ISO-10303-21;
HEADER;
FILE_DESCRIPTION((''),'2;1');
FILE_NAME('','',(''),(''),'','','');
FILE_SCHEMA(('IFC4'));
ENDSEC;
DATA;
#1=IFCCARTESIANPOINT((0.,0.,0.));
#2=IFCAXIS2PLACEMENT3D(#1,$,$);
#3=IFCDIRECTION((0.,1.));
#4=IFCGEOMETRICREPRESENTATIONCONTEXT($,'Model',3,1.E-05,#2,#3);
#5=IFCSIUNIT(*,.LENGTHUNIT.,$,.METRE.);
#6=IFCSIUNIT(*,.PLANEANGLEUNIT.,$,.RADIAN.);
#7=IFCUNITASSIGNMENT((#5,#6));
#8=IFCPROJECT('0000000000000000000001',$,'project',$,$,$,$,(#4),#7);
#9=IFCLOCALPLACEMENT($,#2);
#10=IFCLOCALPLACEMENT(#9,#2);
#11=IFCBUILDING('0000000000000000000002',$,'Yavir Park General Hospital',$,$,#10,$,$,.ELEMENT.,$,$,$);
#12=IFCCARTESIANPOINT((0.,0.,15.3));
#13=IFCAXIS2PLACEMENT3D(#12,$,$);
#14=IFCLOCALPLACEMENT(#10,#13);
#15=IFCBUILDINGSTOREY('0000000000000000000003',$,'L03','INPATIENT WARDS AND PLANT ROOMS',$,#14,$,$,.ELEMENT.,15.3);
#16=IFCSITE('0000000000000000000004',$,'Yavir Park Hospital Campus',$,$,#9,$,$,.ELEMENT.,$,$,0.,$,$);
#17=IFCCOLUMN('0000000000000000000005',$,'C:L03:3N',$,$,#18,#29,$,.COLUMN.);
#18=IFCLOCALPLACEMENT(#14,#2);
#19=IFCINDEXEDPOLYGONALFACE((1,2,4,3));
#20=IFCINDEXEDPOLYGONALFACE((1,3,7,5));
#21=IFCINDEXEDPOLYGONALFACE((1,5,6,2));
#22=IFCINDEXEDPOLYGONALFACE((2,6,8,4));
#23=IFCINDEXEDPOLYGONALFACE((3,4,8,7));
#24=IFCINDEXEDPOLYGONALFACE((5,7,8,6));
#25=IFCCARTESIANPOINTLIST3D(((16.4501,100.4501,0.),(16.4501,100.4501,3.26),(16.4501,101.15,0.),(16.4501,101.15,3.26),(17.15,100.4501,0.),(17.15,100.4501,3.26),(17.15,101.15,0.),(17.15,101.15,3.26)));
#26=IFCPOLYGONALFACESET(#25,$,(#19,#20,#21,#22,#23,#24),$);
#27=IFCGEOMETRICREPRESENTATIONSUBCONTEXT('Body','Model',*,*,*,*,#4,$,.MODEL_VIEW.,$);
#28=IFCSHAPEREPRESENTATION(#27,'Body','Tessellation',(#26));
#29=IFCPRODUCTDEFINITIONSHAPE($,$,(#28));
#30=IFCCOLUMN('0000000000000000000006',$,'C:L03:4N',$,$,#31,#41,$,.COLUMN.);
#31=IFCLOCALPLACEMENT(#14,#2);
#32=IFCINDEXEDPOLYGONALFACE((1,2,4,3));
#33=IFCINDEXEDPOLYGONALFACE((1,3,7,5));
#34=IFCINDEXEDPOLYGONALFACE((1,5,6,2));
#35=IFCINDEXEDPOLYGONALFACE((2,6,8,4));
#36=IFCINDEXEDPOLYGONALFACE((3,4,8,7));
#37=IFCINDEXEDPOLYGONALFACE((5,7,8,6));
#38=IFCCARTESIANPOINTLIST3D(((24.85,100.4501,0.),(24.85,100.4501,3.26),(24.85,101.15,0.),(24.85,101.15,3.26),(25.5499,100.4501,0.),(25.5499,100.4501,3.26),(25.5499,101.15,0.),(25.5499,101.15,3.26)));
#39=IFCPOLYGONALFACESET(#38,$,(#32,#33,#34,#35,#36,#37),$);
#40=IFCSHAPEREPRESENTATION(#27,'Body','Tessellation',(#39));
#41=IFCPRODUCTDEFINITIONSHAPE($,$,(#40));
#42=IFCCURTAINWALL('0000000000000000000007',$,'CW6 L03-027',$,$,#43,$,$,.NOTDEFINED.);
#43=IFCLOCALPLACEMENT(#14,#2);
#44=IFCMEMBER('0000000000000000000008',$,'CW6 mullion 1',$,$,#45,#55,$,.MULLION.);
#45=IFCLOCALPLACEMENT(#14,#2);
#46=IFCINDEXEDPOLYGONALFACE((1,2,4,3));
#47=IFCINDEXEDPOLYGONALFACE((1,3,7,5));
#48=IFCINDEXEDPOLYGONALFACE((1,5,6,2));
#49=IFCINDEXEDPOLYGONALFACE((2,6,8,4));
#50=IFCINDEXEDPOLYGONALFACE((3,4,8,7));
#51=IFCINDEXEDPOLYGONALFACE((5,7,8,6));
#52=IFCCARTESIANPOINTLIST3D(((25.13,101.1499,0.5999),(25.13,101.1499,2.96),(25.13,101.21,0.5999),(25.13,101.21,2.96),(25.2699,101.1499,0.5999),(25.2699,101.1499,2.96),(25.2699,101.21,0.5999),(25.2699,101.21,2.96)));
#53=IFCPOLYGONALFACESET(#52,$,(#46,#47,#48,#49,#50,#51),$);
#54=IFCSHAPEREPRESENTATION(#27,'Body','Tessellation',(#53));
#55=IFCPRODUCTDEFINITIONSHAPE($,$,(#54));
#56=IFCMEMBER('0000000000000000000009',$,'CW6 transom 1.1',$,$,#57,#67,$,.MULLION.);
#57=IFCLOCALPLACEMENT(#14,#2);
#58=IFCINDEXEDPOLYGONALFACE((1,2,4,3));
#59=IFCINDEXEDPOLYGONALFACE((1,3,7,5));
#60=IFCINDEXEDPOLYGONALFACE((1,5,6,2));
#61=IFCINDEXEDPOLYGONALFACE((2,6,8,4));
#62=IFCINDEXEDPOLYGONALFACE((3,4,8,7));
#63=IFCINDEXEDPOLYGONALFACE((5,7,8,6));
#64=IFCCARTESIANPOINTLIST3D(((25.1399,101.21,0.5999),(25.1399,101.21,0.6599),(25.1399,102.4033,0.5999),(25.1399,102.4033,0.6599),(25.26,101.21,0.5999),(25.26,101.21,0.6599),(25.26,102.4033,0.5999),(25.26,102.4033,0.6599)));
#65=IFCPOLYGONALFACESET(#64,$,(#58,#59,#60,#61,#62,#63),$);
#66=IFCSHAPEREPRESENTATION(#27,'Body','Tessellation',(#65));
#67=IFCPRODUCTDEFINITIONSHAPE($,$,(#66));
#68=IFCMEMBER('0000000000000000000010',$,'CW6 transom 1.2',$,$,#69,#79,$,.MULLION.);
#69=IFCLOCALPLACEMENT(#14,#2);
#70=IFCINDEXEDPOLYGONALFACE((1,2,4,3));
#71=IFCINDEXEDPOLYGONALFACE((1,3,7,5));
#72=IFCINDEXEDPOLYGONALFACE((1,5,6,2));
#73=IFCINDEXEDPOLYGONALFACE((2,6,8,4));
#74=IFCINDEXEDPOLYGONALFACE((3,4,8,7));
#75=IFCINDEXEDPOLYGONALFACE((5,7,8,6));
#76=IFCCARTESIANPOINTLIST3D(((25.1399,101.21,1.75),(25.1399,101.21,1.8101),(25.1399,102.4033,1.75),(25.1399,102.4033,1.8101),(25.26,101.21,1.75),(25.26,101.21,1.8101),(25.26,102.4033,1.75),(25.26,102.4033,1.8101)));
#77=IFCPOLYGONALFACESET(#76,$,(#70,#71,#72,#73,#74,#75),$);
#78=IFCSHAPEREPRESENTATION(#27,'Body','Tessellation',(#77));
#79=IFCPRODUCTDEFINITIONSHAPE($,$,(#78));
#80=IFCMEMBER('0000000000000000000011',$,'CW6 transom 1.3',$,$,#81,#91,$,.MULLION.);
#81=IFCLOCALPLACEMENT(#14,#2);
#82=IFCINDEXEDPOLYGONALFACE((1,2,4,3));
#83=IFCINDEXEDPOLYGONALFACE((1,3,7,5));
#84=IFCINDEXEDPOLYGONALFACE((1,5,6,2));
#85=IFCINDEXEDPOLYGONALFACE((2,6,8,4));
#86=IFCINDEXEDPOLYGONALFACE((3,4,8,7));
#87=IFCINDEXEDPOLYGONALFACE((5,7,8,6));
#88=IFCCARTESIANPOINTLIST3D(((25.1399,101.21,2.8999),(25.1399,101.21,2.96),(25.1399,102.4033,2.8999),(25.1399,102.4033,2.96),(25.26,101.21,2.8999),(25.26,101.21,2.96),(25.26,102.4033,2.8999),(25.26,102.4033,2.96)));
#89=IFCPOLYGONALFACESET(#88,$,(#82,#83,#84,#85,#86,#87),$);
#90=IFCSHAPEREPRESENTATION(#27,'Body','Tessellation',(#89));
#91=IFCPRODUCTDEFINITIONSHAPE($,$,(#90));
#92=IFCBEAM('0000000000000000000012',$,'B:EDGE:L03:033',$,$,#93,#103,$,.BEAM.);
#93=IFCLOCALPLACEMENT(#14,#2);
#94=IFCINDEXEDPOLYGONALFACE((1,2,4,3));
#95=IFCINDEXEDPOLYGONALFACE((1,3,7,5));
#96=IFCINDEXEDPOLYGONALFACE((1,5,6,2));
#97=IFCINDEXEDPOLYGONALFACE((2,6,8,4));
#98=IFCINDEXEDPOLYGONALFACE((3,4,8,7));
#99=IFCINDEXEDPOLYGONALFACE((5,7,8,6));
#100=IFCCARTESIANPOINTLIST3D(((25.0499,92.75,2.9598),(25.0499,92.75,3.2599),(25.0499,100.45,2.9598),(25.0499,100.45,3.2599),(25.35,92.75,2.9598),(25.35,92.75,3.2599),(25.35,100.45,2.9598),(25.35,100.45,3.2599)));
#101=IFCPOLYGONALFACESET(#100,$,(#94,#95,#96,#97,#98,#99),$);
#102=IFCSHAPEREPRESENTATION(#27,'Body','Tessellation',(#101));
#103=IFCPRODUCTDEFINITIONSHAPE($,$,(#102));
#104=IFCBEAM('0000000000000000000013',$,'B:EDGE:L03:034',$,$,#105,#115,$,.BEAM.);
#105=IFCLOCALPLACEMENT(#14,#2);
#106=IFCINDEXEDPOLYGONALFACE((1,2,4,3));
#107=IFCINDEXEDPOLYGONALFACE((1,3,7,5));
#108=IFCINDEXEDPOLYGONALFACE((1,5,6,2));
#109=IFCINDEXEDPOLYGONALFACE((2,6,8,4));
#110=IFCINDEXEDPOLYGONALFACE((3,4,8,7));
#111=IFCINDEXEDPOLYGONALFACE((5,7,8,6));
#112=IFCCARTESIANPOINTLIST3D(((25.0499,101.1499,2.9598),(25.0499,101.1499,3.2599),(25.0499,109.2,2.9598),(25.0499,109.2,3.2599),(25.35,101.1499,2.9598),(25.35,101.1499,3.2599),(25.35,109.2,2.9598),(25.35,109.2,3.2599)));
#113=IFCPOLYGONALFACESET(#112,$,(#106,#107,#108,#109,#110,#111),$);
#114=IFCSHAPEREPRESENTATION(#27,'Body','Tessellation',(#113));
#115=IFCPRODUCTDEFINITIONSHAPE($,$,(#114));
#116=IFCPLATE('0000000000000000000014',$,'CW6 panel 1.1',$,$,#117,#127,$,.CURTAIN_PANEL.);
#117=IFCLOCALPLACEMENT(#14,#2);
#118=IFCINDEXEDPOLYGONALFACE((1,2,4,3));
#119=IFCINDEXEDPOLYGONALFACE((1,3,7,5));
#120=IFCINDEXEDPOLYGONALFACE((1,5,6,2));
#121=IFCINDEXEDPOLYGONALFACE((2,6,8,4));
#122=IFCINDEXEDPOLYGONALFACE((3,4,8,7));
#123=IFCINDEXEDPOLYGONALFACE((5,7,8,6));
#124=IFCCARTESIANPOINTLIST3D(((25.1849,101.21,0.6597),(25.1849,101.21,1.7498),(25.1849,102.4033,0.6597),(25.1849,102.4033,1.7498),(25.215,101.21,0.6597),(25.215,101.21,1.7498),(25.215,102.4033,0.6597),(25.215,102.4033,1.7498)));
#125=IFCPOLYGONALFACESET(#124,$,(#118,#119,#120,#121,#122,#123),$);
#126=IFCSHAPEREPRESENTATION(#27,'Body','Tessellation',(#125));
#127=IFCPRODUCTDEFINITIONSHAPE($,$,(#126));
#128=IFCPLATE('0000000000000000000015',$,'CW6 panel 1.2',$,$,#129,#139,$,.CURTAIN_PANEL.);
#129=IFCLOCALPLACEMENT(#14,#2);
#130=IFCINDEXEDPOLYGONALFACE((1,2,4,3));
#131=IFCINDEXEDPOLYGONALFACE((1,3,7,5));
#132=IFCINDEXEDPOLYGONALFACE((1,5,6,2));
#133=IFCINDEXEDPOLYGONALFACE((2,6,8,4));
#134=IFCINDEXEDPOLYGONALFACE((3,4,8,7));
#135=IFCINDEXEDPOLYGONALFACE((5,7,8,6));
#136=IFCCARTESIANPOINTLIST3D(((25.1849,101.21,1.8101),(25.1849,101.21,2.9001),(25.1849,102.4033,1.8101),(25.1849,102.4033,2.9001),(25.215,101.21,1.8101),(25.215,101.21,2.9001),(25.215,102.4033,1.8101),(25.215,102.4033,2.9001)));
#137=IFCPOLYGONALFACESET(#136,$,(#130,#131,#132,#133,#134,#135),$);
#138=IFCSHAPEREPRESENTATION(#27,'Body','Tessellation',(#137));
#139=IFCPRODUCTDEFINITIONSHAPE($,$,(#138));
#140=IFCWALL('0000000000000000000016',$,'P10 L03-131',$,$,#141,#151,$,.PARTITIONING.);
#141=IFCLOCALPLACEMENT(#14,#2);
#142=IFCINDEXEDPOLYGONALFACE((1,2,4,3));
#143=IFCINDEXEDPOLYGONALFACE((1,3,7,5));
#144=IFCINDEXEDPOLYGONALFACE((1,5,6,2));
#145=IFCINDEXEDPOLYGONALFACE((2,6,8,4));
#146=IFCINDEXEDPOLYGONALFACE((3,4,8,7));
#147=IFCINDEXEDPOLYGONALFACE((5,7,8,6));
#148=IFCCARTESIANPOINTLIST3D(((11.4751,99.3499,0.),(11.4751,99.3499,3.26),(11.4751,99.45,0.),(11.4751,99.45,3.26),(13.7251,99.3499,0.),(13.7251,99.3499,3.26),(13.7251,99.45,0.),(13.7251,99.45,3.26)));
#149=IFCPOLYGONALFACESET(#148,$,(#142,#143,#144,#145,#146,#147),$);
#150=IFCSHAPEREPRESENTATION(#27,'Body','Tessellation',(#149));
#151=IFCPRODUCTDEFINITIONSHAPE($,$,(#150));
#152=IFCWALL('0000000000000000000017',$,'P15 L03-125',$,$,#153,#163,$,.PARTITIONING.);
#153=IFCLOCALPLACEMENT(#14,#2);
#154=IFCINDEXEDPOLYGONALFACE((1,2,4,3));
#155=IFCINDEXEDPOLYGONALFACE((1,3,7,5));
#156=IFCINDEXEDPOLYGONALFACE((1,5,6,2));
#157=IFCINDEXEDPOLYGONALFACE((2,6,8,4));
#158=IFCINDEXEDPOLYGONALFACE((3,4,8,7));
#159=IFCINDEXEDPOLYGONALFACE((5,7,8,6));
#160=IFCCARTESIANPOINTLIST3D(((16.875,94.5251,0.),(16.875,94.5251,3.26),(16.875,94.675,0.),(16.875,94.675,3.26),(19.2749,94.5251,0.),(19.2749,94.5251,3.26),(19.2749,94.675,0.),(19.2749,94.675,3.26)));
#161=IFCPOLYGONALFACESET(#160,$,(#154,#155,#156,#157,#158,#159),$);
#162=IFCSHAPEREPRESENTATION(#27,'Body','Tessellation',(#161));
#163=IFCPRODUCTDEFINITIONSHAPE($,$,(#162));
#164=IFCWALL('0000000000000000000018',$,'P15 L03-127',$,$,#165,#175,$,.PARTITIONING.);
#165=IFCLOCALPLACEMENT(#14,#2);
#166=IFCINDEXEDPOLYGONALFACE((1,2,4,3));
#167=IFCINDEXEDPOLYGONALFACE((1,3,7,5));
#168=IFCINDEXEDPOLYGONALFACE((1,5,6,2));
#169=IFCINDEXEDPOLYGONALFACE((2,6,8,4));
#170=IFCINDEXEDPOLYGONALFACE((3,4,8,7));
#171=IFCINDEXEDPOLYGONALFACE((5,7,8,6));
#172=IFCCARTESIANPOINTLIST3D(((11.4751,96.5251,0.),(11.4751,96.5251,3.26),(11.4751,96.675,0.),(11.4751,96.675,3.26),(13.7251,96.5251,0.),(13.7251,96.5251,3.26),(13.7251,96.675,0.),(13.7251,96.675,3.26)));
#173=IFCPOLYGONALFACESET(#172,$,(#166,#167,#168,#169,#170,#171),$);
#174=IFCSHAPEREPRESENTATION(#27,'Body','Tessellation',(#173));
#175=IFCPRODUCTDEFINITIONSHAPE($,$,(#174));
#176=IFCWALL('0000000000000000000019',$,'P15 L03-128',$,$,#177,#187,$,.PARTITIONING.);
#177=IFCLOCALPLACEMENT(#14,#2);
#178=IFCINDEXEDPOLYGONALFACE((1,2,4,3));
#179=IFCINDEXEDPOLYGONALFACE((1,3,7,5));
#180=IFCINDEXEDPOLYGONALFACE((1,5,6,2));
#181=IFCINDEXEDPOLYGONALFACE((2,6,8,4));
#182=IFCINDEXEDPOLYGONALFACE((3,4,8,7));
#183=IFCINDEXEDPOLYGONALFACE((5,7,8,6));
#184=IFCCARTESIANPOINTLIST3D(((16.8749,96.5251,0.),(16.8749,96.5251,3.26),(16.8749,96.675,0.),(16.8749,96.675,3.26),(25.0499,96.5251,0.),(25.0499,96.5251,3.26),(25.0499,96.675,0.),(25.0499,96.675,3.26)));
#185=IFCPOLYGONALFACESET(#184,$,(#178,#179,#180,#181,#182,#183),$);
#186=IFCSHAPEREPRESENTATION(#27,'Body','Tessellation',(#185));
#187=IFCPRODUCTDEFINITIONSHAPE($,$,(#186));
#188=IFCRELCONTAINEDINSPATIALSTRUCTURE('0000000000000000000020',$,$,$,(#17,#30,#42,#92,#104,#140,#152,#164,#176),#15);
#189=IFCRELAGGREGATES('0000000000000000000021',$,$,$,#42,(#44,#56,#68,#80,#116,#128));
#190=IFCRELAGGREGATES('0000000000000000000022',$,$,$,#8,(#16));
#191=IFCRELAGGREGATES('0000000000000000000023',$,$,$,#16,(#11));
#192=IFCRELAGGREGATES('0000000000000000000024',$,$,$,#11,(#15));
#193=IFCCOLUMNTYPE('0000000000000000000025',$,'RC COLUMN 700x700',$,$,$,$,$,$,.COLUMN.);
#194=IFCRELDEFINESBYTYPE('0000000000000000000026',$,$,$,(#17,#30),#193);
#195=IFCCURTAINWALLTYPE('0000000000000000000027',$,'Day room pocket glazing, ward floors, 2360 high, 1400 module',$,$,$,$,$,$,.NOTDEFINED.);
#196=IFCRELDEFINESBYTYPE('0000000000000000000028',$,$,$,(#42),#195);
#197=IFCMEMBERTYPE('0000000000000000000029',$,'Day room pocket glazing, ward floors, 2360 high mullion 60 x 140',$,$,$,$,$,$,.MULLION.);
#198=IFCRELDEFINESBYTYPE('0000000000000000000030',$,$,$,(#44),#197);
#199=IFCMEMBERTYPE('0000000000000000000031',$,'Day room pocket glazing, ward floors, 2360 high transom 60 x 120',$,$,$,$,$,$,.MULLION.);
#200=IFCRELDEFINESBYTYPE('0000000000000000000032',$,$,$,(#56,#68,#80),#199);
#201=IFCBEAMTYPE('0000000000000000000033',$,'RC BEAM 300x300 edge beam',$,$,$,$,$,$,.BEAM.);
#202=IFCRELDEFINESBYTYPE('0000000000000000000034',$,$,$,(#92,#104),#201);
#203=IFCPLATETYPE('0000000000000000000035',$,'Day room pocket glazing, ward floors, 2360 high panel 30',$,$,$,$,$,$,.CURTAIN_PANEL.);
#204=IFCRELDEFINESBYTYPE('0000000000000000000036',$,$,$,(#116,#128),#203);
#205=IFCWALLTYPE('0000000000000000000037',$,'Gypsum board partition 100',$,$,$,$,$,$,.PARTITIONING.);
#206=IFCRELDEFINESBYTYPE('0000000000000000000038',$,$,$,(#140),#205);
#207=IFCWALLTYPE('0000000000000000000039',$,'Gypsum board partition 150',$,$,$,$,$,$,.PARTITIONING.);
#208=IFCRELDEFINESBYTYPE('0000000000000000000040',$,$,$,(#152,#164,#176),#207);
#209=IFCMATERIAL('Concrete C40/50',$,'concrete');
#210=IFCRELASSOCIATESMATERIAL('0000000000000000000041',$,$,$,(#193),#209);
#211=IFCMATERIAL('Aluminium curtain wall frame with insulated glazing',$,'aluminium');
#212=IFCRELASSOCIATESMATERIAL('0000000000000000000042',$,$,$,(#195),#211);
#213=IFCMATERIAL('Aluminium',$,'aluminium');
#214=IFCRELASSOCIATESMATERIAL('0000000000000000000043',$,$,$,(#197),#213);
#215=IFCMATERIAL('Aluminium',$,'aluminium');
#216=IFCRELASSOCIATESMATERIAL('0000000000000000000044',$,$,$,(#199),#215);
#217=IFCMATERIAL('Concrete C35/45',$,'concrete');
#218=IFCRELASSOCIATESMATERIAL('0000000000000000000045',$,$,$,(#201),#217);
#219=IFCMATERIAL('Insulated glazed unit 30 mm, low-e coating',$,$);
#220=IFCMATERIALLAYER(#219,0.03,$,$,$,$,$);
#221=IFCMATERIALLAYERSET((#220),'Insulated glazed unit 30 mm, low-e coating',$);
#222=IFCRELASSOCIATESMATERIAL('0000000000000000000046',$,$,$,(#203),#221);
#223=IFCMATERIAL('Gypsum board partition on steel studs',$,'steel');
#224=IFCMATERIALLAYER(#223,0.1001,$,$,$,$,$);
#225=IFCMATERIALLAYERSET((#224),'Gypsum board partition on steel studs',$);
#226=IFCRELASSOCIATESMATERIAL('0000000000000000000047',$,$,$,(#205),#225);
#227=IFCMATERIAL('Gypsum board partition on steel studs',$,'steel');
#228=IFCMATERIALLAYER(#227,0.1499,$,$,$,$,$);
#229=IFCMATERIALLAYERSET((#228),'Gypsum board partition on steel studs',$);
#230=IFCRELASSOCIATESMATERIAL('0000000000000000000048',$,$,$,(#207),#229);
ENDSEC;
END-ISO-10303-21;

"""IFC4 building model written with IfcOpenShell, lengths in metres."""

from ifc_helpers import new_model, si_unit, direction, frame, frame_2d, origin, origin_2d, place, context, subcontext, project, spatial, rectangle, extrude, material, layer, layer_set, material_profile, profile_set, type_object, element, aggregate, save


model = new_model("IFC4")

# Units and contexts
model_context = context("Model", 3, precision=1e-05, world=origin(), true_north=direction((0.0, 1.0)))
body_context = subcontext(model_context, "Body", "Model", "MODEL_VIEW")
ifc_project = project(units=[si_unit("LENGTHUNIT", "METRE"), si_unit("PLANEANGLEUNIT", "RADIAN")], contexts=[model_context])

# Site, building, storey
site_placement = place(None, origin())
site = spatial("IfcSite", under=ifc_project, at=site_placement, Name="Yavir Park Hospital Campus", CompositionType="ELEMENT", RefElevation=0.0)
building_placement = place(site_placement, origin())
building = spatial("IfcBuilding", under=site, at=building_placement, Name="Yavir Park General Hospital", CompositionType="ELEMENT")
storey_placement = place(building_placement, frame((0.0, 0.0, 15.3)))
storey = spatial("IfcBuildingStorey", under=building, at=storey_placement, Name="L03", Description="INPATIENT WARDS AND PLANT ROOMS", CompositionType="ELEMENT", Elevation=15.3)

# Columns
ifc_material_1 = material(Name="Concrete C40/50", Category="concrete")
ifc_material_profile_1 = material_profile(ifc_material_1, rectangle(XDim=0.7, YDim=0.7, at=origin_2d()), Name="RC700x700")
ifc_profile_set_1 = profile_set([ifc_material_profile_1], Name="Concrete C40/50")
column_type = type_object("IfcColumnType", Name="RC COLUMN 700x700", PredefinedType="COLUMN", material=ifc_profile_set_1)
for number, where, z_axis, x_axis, name in (
    (1, (16.8, 100.8, 0.0), (0.0, 0.0, 1.0), (1.0, 0.0, 0.0), "C:L03:3N"),
    (2, (25.2, 100.8, 0.0), (0.0, 0.0, 1.0), (1.0, 0.0, 0.0), "C:L03:4N"),
):
    element("IfcColumn", number, at=place(storey_placement, frame(where, z_axis=z_axis, x_axis=x_axis)), inside=storey, type_object=column_type, Name=name, PredefinedType="COLUMN", context=body_context, shape_type="SweptSolid", body=[
        extrude(rectangle(XDim=0.7, YDim=0.7, at=origin_2d()), origin(), (0.0, 0.0, 1.0), 3.26),
    ])

# Curtain wall, members
ifc_material_2 = material(Name="Aluminium curtain wall frame with insulated glazing", Category="aluminium")
curtain_wall_type = type_object("IfcCurtainWallType", Name="Day room pocket glazing, ward floors, 2360 high, 1400 module", PredefinedType="NOTDEFINED", material=ifc_material_2)
curtain_wall_placement = place(storey_placement, origin())
curtain_wall = element("IfcCurtainWall", 3, at=curtain_wall_placement, inside=storey, type_object=curtain_wall_type, Name="CW6 L03-027", PredefinedType="NOTDEFINED")
ifc_material_3 = material(Name="Aluminium", Category="aluminium")
ifc_material_profile_2 = material_profile(ifc_material_3, rectangle(XDim=0.1399, YDim=0.0601, at=origin_2d()), Name="AL 60x140")
ifc_profile_set_2 = profile_set([ifc_material_profile_2], Name="Aluminium")
member_type_1 = type_object("IfcMemberType", Name="Day room pocket glazing, ward floors, 2360 high mullion 60 x 140", PredefinedType="MULLION", material=ifc_profile_set_2)
member_1_placement = place(storey_placement, frame((25.2, 101.1799, 0.5999), z_axis=(0.0, 0.0, 1.0), x_axis=(-1.0, 0.0, 0.0)))
member_1 = element("IfcMember", 4, at=member_1_placement, type_object=member_type_1, Name="CW6 mullion 1", PredefinedType="MULLION", context=body_context, shape_type="SweptSolid", body=[
    extrude(rectangle(XDim=0.1399, YDim=0.0601, at=origin_2d()), origin(), (0.0, 0.0, 1.0), 2.3601),
])
ifc_material_4 = material(Name="Aluminium", Category="aluminium")
ifc_material_profile_3 = material_profile(ifc_material_4, rectangle(XDim=0.1201, YDim=0.0601, at=origin_2d()), Name="AL 120x60")
ifc_profile_set_3 = profile_set([ifc_material_profile_3], Name="Aluminium")
member_type_2 = type_object("IfcMemberType", Name="Day room pocket glazing, ward floors, 2360 high transom 60 x 120", PredefinedType="MULLION", material=ifc_profile_set_3)
member_2_placement = place(storey_placement, frame((25.2, 101.21, 0.6299), z_axis=(0.0, 1.0, 0.0), x_axis=(-1.0, 0.0, 0.0)))
member_2 = element("IfcMember", 5, at=member_2_placement, type_object=member_type_2, Name="CW6 transom 1.1", PredefinedType="MULLION", context=body_context, shape_type="SweptSolid", body=[
    extrude(rectangle(XDim=0.1201, YDim=0.0601, at=origin_2d()), origin(), (0.0, 0.0, 1.0), 1.1934),
])
member_3_placement = place(storey_placement, frame((25.2, 101.21, 1.78), z_axis=(0.0, 1.0, 0.0), x_axis=(-1.0, 0.0, 0.0)))
member_3 = element("IfcMember", 6, at=member_3_placement, type_object=member_type_2, Name="CW6 transom 1.2", PredefinedType="MULLION", context=body_context, shape_type="SweptSolid", body=[
    extrude(rectangle(XDim=0.1201, YDim=0.0601, at=origin_2d()), origin(), (0.0, 0.0, 1.0), 1.1934),
])
member_4_placement = place(storey_placement, frame((25.2, 101.21, 2.9299), z_axis=(0.0, 1.0, 0.0), x_axis=(-1.0, 0.0, 0.0)))
member_4 = element("IfcMember", 7, at=member_4_placement, type_object=member_type_2, Name="CW6 transom 1.3", PredefinedType="MULLION", context=body_context, shape_type="SweptSolid", body=[
    extrude(rectangle(XDim=0.1201, YDim=0.0601, at=origin_2d()), origin(), (0.0, 0.0, 1.0), 1.1934),
])

# Beams
ifc_material_5 = material(Name="Concrete C35/45", Category="concrete")
ifc_material_profile_4 = material_profile(ifc_material_5, rectangle(XDim=0.3, YDim=0.3, at=origin_2d()), Name="RC300x300")
ifc_profile_set_4 = profile_set([ifc_material_profile_4], Name="Concrete C35/45")
beam_type = type_object("IfcBeamType", Name="RC BEAM 300x300 edge beam", PredefinedType="BEAM", material=ifc_profile_set_4)
beam_1_placement = place(storey_placement, frame((25.2, 92.75, 3.1099), z_axis=(0.0, 1.0, 0.0), x_axis=(-1.0, 0.0, 0.0)))
element("IfcBeam", 8, at=beam_1_placement, inside=storey, type_object=beam_type, Name="B:EDGE:L03:033", PredefinedType="BEAM", context=body_context, shape_type="SweptSolid", body=[
    extrude(rectangle(XDim=0.3, YDim=0.3, at=origin_2d()), origin(), (0.0, 0.0, 1.0), 7.7),
])
beam_2_placement = place(storey_placement, frame((25.2, 101.1499, 3.1099), z_axis=(0.0, 1.0, 0.0), x_axis=(-1.0, 0.0, 0.0)))
element("IfcBeam", 9, at=beam_2_placement, inside=storey, type_object=beam_type, Name="B:EDGE:L03:034", PredefinedType="BEAM", context=body_context, shape_type="SweptSolid", body=[
    extrude(rectangle(XDim=0.3, YDim=0.3, at=origin_2d()), origin(), (0.0, 0.0, 1.0), 8.05),
])

# Plates
ifc_material_6 = material(Name="Insulated glazed unit 30 mm, low-e coating")
ifc_layer_1 = layer(ifc_material_6, 0.03)
ifc_layer_set_1 = layer_set([ifc_layer_1], Name="Insulated glazed unit 30 mm, low-e coating")
plate_type = type_object("IfcPlateType", Name="Day room pocket glazing, ward floors, 2360 high panel 30", PredefinedType="CURTAIN_PANEL", material=ifc_layer_set_1)
plate_1_placement = place(storey_placement, frame((25.2, 101.8066, 0.6597), z_axis=(0.0, 0.0, 1.0), x_axis=(0.0, 1.0, 0.0)))
plate_1 = element("IfcPlate", 10, at=plate_1_placement, type_object=plate_type, Name="CW6 panel 1.1", PredefinedType="CURTAIN_PANEL", context=body_context, shape_type="SweptSolid", body=[
    extrude(rectangle(XDim=1.1934, YDim=0.03, at=origin_2d()), origin(), (0.0, 0.0, 1.0), 1.0901),
])
plate_2_placement = place(storey_placement, frame((25.2, 101.8066, 1.8101), z_axis=(0.0, 0.0, 1.0), x_axis=(0.0, 1.0, 0.0)))
plate_2 = element("IfcPlate", 11, at=plate_2_placement, type_object=plate_type, Name="CW6 panel 1.2", PredefinedType="CURTAIN_PANEL", context=body_context, shape_type="SweptSolid", body=[
    extrude(rectangle(XDim=1.1934, YDim=0.03, at=origin_2d()), origin(), (0.0, 0.0, 1.0), 1.0901),
])
aggregate(curtain_wall, [member_1, member_2, member_3, member_4, plate_1, plate_2])

# Walls
ifc_material_7 = material(Name="Gypsum board partition on steel studs", Category="steel")
ifc_layer_2 = layer(ifc_material_7, 0.1001)
ifc_layer_set_2 = layer_set([ifc_layer_2], Name="Gypsum board partition on steel studs")
wall_type_1 = type_object("IfcWallType", Name="Gypsum board partition 100", PredefinedType="PARTITIONING", material=ifc_layer_set_2)
wall_1_placement = place(storey_placement, frame((11.4751, 99.3999, 0.0), z_axis=(0.0, 0.0, 1.0), x_axis=(1.0, 0.0, 0.0)))
element("IfcWall", 12, at=wall_1_placement, inside=storey, type_object=wall_type_1, Name="P10 L03-131", PredefinedType="PARTITIONING", context=body_context, shape_type="SweptSolid", body=[
    extrude(rectangle(XDim=2.25, YDim=0.1001, at=frame_2d((1.125, 0.0))), origin(), (0.0, 0.0, 1.0), 3.26),
])
ifc_material_8 = material(Name="Gypsum board partition on steel studs", Category="steel")
ifc_layer_3 = layer(ifc_material_8, 0.1499)
ifc_layer_set_3 = layer_set([ifc_layer_3], Name="Gypsum board partition on steel studs")
wall_type_2 = type_object("IfcWallType", Name="Gypsum board partition 150", PredefinedType="PARTITIONING", material=ifc_layer_set_3)
wall_2_placement = place(storey_placement, frame((16.875, 94.6001, 0.0), z_axis=(0.0, 0.0, 1.0), x_axis=(1.0, 0.0, 0.0)))
element("IfcWall", 13, at=wall_2_placement, inside=storey, type_object=wall_type_2, Name="P15 L03-125", PredefinedType="PARTITIONING", context=body_context, shape_type="SweptSolid", body=[
    extrude(rectangle(XDim=2.3999, YDim=0.1499, at=frame_2d((1.2, 0.0))), origin(), (0.0, 0.0, 1.0), 3.26),
])
wall_3_placement = place(storey_placement, frame((11.4751, 96.6001, 0.0), z_axis=(0.0, 0.0, 1.0), x_axis=(1.0, 0.0, 0.0)))
element("IfcWall", 14, at=wall_3_placement, inside=storey, type_object=wall_type_2, Name="P15 L03-127", PredefinedType="PARTITIONING", context=body_context, shape_type="SweptSolid", body=[
    extrude(rectangle(XDim=2.25, YDim=0.1499, at=frame_2d((1.125, 0.0))), origin(), (0.0, 0.0, 1.0), 3.26),
])
wall_4_placement = place(storey_placement, frame((16.875, 96.6001, 0.0), z_axis=(0.0, 0.0, 1.0), x_axis=(1.0, 0.0, 0.0)))
element("IfcWall", 15, at=wall_4_placement, inside=storey, type_object=wall_type_2, Name="P15 L03-128", PredefinedType="PARTITIONING", context=body_context, shape_type="SweptSolid", body=[
    extrude(rectangle(XDim=8.175, YDim=0.1499, at=frame_2d((4.0874, 0.0))), origin(), (0.0, 0.0, 1.0), 3.26),
])

save(model, "model.ifc")
